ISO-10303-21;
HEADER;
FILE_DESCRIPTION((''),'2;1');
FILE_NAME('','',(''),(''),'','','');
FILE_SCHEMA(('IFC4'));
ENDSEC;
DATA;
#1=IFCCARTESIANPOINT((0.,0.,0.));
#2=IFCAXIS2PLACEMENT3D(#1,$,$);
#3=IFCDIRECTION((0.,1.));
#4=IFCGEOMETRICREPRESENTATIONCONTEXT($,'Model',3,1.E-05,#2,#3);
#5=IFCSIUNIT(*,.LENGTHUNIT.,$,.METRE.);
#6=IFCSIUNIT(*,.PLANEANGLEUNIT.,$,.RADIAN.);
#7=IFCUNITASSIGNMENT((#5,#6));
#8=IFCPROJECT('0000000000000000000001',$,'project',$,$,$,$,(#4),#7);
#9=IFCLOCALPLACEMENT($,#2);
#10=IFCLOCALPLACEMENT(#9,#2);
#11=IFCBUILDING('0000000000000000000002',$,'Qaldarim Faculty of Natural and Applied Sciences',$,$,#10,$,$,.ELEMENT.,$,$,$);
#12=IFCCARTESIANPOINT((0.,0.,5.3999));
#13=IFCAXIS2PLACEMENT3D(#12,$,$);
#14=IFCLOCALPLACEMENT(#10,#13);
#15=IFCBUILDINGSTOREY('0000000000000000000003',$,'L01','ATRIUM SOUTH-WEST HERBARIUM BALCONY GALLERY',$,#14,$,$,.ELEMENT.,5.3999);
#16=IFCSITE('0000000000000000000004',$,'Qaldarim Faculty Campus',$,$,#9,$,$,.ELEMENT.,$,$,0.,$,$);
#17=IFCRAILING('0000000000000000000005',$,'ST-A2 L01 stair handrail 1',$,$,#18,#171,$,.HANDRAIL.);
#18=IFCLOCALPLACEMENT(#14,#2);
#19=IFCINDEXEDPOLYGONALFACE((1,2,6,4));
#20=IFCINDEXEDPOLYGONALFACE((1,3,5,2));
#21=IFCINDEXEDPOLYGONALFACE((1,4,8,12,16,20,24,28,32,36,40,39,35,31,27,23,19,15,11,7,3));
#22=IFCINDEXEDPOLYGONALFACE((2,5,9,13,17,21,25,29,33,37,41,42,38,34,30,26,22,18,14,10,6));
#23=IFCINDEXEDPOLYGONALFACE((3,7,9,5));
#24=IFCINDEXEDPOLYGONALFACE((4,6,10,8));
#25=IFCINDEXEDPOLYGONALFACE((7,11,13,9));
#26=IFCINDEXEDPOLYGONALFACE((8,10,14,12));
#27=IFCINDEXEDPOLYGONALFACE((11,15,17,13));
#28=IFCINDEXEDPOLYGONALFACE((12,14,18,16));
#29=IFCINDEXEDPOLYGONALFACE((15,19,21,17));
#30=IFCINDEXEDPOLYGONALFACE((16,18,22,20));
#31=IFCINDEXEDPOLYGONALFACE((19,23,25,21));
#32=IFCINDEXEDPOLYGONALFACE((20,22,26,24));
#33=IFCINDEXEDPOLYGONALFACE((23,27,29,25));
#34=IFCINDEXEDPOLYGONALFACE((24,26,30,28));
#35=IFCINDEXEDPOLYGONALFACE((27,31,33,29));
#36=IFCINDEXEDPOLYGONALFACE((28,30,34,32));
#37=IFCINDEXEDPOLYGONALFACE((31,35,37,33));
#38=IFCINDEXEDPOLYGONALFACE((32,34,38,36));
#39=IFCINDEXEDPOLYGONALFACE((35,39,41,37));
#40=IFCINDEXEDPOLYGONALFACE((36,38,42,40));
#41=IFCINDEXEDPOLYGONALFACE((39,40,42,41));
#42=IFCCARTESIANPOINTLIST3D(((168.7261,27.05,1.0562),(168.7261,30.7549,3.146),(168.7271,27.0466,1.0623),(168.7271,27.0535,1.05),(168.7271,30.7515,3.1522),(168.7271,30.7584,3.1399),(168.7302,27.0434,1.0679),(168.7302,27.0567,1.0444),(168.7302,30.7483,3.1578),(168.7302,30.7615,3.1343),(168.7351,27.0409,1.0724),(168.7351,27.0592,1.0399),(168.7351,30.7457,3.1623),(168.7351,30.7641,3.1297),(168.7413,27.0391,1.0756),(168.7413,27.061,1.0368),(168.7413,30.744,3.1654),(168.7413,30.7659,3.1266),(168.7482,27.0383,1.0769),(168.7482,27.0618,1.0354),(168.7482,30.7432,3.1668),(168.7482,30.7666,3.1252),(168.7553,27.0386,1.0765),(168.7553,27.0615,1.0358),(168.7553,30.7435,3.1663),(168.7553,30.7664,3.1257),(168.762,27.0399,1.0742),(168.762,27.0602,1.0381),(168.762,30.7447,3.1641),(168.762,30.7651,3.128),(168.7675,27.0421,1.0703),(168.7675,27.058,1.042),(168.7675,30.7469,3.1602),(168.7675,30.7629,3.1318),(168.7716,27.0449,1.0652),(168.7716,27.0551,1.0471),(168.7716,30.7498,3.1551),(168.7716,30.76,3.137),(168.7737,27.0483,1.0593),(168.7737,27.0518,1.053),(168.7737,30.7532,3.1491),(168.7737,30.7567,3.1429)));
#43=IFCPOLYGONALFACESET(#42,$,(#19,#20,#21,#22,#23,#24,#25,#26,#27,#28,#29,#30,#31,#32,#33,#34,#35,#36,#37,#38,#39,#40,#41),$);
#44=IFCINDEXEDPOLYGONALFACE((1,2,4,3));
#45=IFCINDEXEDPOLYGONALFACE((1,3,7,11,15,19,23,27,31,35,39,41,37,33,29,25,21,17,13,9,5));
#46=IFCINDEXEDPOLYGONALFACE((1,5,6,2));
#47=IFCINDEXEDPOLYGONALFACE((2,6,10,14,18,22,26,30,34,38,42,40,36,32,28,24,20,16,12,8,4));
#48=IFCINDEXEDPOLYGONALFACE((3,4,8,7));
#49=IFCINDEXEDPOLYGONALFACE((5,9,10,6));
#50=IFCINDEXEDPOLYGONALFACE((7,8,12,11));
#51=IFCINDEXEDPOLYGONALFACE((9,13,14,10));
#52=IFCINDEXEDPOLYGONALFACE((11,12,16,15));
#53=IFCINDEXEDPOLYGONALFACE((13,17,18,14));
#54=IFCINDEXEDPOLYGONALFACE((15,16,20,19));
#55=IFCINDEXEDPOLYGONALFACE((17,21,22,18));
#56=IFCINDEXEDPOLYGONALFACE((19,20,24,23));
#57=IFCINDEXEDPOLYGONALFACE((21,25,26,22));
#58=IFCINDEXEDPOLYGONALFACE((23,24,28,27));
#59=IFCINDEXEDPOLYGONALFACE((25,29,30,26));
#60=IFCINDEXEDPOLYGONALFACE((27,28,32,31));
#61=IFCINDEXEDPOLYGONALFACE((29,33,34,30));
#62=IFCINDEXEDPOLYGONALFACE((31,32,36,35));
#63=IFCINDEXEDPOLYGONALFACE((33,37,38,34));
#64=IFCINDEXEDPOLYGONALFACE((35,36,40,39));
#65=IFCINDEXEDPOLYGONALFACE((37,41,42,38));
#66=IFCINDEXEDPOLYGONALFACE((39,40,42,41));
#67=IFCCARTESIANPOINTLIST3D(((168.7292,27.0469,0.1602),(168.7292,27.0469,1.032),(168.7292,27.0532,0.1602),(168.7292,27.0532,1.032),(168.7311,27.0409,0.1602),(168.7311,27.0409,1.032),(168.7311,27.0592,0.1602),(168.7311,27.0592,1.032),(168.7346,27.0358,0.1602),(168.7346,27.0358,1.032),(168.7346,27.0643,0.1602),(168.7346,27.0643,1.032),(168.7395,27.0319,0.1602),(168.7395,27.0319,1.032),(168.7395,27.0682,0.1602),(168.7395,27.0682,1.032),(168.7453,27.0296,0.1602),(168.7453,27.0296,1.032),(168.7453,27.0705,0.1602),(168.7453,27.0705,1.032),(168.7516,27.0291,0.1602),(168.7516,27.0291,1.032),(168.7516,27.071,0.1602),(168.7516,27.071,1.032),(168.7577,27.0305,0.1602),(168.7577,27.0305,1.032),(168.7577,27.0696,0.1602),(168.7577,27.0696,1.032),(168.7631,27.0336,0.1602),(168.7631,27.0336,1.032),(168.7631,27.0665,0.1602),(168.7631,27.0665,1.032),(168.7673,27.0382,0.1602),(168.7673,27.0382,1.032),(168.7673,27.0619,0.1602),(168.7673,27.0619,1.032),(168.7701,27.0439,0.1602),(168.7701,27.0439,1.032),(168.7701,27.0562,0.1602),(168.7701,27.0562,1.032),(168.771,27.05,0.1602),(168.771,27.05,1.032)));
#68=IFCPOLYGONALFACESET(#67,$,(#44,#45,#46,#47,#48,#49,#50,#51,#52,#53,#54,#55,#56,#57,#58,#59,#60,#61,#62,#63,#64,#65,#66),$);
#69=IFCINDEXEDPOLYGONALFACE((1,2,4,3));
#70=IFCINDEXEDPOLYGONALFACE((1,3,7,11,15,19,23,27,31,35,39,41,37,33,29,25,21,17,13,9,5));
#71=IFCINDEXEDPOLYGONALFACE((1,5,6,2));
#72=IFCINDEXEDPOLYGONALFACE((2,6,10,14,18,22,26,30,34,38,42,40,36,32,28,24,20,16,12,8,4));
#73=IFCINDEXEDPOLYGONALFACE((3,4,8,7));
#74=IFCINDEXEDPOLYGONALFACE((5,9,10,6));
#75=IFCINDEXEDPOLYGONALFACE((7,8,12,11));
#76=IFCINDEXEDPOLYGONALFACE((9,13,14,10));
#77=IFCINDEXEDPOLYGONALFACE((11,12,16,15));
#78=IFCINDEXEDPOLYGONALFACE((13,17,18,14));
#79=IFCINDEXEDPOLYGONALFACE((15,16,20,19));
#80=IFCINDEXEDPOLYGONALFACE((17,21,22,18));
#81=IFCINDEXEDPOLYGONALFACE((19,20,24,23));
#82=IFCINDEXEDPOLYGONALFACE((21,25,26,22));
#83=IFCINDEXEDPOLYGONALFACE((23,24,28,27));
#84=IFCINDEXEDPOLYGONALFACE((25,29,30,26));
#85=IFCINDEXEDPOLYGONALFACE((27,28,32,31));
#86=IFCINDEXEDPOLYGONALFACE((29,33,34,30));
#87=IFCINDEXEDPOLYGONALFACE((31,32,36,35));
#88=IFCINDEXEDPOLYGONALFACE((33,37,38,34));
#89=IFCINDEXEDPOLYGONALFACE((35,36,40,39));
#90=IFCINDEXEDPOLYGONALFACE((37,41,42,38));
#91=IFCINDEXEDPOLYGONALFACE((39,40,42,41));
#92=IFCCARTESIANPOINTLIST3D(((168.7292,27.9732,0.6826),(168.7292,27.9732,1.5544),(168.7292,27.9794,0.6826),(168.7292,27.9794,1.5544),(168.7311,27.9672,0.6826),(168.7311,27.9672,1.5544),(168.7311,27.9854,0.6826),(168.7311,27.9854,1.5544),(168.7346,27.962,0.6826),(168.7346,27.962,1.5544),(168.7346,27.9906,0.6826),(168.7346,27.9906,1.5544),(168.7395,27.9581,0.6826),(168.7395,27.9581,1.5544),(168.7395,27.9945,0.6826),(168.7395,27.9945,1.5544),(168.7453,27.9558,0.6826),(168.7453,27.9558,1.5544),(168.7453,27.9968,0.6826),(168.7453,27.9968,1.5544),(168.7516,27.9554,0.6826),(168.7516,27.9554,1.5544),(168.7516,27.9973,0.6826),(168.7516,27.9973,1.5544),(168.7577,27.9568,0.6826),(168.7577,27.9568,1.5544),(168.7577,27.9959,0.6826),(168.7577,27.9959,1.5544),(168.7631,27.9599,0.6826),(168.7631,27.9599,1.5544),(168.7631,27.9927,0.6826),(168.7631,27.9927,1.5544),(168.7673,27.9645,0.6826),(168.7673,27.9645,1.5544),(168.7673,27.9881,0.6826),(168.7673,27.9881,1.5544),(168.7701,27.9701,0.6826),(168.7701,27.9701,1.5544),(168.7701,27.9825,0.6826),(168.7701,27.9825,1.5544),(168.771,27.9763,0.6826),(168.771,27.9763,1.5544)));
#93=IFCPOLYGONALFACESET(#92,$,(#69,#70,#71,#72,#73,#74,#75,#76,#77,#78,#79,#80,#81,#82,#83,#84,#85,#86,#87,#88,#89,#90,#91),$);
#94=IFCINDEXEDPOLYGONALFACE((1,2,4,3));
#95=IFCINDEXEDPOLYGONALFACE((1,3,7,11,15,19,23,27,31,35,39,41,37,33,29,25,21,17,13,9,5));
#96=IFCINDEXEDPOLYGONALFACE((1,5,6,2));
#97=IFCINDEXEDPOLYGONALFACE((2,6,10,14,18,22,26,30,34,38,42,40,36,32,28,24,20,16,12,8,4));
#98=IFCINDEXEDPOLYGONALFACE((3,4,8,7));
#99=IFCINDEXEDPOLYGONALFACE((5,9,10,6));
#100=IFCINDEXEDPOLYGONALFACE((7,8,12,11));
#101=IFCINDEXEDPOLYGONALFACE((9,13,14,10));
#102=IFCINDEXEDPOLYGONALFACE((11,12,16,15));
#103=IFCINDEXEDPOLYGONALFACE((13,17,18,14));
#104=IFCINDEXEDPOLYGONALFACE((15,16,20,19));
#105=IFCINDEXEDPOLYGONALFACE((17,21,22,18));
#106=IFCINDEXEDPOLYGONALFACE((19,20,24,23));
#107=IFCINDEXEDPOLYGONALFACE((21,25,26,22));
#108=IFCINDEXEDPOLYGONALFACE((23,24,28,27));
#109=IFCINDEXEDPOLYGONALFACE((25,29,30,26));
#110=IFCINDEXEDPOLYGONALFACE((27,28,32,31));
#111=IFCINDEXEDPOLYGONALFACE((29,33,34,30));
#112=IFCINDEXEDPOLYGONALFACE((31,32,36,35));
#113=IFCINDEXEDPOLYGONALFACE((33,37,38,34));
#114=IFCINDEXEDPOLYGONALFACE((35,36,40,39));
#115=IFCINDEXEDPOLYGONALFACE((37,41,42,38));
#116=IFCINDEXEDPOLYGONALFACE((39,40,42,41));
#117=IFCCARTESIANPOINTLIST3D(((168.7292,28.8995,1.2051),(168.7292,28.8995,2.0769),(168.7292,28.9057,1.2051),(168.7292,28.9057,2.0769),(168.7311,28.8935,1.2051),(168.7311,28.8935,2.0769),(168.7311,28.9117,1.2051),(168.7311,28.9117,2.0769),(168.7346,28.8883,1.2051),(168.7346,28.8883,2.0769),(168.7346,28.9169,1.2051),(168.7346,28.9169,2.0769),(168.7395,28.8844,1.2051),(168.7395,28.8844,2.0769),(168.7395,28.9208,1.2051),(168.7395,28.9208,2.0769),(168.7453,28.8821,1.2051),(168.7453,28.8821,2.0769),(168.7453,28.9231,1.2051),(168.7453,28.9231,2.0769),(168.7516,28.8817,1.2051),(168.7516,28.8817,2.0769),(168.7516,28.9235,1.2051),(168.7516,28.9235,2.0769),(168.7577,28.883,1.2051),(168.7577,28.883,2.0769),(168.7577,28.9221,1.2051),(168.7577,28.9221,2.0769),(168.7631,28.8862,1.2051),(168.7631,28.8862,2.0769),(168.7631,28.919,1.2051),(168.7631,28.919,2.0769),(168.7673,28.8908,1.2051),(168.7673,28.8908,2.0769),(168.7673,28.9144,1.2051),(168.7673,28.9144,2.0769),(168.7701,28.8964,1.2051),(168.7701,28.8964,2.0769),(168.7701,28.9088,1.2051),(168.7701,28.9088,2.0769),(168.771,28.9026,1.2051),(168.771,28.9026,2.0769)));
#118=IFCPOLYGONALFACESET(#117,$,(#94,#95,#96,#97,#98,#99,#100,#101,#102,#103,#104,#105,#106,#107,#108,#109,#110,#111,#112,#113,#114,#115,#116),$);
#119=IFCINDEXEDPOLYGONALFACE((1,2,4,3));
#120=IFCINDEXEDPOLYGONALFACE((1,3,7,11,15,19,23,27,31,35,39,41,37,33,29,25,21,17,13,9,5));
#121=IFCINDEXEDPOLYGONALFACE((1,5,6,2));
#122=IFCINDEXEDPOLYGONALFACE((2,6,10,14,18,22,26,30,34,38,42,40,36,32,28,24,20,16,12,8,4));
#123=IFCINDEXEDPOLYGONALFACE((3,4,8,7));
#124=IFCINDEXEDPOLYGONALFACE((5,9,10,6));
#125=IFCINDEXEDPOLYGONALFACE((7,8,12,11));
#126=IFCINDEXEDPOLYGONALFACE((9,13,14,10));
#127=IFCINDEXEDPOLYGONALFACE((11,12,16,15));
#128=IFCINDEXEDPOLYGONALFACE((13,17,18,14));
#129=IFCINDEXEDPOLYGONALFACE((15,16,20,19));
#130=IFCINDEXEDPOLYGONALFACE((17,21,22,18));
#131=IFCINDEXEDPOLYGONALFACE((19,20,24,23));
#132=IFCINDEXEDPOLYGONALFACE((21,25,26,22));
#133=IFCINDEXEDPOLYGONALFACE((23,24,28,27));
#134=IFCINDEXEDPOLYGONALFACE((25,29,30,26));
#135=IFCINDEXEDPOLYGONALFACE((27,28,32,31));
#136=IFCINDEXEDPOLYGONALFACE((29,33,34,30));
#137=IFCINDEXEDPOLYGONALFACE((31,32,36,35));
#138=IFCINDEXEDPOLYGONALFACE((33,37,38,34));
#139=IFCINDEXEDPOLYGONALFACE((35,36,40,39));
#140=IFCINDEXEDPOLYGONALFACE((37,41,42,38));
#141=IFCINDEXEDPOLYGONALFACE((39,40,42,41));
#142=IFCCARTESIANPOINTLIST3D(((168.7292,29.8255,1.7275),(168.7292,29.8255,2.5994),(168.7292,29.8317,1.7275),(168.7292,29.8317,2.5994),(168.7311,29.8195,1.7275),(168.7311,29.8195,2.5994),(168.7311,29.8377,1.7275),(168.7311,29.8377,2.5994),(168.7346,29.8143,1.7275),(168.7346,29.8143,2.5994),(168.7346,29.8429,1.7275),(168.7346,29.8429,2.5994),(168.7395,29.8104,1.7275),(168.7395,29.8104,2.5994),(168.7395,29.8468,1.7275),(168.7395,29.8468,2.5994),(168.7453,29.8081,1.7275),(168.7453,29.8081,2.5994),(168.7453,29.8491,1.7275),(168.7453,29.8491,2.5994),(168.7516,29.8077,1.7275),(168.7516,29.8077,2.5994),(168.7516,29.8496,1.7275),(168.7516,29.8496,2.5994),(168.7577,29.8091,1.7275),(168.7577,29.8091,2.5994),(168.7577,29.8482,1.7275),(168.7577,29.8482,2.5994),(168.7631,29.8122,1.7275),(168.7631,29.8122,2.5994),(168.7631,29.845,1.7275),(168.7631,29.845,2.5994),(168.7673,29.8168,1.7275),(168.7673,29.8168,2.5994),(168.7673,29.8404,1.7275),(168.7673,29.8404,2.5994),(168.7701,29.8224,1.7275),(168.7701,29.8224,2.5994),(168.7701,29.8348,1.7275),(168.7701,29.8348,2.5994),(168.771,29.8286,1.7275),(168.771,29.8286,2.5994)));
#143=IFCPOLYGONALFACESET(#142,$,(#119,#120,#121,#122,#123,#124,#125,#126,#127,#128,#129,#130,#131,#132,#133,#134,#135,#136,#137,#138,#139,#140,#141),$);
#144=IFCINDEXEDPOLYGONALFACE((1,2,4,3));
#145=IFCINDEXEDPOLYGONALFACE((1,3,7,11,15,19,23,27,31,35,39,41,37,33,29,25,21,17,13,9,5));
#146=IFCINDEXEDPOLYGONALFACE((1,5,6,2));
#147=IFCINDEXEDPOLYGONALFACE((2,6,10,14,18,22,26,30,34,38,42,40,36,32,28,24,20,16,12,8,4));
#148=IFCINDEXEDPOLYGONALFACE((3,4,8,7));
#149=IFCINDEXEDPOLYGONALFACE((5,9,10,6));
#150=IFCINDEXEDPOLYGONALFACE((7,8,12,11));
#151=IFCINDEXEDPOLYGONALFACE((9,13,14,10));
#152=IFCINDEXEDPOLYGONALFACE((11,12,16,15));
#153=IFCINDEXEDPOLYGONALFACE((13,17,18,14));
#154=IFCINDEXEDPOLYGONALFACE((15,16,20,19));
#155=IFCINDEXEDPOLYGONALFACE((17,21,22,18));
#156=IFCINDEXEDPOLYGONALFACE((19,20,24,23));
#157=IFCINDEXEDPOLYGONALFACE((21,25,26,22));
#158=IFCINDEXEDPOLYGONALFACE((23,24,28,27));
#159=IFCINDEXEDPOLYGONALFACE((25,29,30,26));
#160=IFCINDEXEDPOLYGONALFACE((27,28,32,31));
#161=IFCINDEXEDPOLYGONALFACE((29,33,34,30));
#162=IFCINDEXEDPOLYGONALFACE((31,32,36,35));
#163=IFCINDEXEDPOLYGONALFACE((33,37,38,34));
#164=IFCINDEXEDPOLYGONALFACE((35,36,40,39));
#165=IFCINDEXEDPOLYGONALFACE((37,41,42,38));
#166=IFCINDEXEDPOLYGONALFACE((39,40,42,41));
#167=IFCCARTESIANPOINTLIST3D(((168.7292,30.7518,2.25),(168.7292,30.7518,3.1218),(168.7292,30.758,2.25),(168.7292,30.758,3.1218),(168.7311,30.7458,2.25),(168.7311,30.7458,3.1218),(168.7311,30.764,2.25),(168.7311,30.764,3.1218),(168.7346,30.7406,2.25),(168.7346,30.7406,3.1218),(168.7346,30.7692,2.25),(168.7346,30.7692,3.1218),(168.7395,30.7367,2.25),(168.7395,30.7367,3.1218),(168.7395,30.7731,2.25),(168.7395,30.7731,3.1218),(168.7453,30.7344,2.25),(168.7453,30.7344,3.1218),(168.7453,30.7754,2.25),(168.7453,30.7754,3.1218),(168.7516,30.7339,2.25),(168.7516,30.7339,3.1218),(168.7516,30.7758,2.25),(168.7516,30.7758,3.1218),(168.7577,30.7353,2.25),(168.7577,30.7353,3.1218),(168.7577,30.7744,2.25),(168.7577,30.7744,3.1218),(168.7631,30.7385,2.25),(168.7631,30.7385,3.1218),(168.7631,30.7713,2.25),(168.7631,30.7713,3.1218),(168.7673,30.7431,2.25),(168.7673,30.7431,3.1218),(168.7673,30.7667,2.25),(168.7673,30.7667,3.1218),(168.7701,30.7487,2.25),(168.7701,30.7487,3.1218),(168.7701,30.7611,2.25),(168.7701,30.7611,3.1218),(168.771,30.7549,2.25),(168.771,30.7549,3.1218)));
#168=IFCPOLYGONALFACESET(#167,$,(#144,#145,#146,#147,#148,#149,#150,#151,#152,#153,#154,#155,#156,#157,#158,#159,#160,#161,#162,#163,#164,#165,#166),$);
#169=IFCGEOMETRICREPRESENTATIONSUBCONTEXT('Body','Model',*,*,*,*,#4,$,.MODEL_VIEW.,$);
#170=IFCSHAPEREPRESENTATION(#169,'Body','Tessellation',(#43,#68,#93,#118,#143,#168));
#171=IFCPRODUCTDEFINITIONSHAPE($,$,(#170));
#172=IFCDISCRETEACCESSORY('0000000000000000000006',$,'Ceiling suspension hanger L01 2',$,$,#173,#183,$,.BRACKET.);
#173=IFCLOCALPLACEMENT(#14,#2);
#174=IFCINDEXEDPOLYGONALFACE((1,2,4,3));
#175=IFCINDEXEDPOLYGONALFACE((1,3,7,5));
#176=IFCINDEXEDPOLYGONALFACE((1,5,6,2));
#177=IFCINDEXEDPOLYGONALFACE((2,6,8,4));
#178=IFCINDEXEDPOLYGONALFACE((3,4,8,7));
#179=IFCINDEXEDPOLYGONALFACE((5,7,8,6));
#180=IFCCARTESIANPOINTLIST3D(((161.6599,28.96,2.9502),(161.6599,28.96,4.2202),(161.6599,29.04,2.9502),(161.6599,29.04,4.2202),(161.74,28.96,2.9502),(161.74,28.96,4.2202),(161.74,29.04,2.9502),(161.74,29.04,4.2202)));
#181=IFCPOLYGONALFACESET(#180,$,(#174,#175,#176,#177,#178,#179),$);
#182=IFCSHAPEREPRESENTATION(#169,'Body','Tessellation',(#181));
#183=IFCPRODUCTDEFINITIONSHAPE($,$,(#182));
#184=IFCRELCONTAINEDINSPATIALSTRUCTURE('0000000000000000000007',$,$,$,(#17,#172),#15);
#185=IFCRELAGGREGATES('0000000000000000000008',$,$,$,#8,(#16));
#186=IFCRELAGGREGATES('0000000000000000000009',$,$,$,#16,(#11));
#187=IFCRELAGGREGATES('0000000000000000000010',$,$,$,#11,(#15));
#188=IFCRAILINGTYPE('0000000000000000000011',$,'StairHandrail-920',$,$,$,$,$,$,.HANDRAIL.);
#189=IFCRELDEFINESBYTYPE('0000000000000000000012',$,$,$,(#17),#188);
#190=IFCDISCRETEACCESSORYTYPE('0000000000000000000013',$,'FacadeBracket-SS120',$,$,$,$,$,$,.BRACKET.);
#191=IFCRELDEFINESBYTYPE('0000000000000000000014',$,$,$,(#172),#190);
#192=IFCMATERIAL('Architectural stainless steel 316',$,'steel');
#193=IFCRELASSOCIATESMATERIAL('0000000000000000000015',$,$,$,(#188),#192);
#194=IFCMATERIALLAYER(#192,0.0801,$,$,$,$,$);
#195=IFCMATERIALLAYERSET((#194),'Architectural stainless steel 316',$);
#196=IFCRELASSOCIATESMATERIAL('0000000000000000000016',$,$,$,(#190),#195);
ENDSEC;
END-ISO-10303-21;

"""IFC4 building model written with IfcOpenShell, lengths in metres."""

from ifc_helpers import new_model, si_unit, direction, frame, origin, origin_2d, place, context, subcontext, project, spatial, rectangle, circle, extrude, material, layer, layer_set, type_object, element, save


model = new_model("IFC4")

# Units and contexts
model_context = context("Model", 3, precision=1e-05, world=origin(), true_north=direction((0.0, 1.0)))
body_context = subcontext(model_context, "Body", "Model", "MODEL_VIEW")
ifc_project = project(units=[si_unit("LENGTHUNIT", "METRE"), si_unit("PLANEANGLEUNIT", "RADIAN")], contexts=[model_context])

# Site, building, storey
site_placement = place(None, origin())
site = spatial("IfcSite", under=ifc_project, at=site_placement, Name="Qaldarim Faculty Campus", CompositionType="ELEMENT", RefElevation=0.0)
building_placement = place(site_placement, origin())
building = spatial("IfcBuilding", under=site, at=building_placement, Name="Qaldarim Faculty of Natural and Applied Sciences", CompositionType="ELEMENT")
storey_placement = place(building_placement, frame((0.0, 0.0, 5.3999)))
storey = spatial("IfcBuildingStorey", under=building, at=storey_placement, Name="L01", Description="ATRIUM SOUTH-WEST HERBARIUM BALCONY GALLERY", CompositionType="ELEMENT", Elevation=5.3999)

# Shared definitions
ifc_material_1 = material(Name="Architectural stainless steel 316", Category="steel")

# Railing
railing_type_1 = type_object("IfcRailingType", Name="StairHandrail-920", PredefinedType="HANDRAIL", material=ifc_material_1)
railing_1_placement = place(storey_placement, frame((168.75, 27.05, 0.1602)))
element("IfcRailing", 1, at=railing_1_placement, inside=storey, type_object=railing_type_1, Name="ST-A2 L01 stair handrail 1", PredefinedType="HANDRAIL", context=body_context, shape_type="SweptSolid", body=[
    extrude(circle(Radius=0.0239, at=origin_2d()), frame((0.0, 0.0, 0.896), z_axis=(0.0, 0.870985, 0.49131), x_axis=(-1.0, 0.0, 0.0)), (0.0, 0.0, 1.0), 4.2537),
    extrude(circle(Radius=0.021, at=origin_2d()), origin(), (0.0, 0.0, 1.0), 0.8718),
    extrude(circle(Radius=0.021, at=origin_2d()), frame((0.0, 0.9263, 0.5225)), (0.0, 0.0, 1.0), 0.8718),
    extrude(circle(Radius=0.021, at=origin_2d()), frame((0.0, 1.8525, 1.0449)), (0.0, 0.0, 1.0), 0.8718),
    extrude(circle(Radius=0.021, at=origin_2d()), frame((0.0, 2.7786, 1.5674)), (0.0, 0.0, 1.0), 0.8718),
    extrude(circle(Radius=0.021, at=origin_2d()), frame((0.0, 3.7048, 2.0898)), (0.0, 0.0, 1.0), 0.8718),
])

# Discrete accessory
ifc_layer_1 = layer(ifc_material_1, 0.0801)
ifc_layer_set_1 = layer_set([ifc_layer_1], Name="Architectural stainless steel 316")
discrete_accessory_type = type_object("IfcDiscreteAccessoryType", Name="FacadeBracket-SS120", PredefinedType="BRACKET", material=ifc_layer_set_1)
discrete_accessory_placement = place(storey_placement, frame((161.7, 29.0, 2.9502), z_axis=(0.0, 0.0, 1.0), x_axis=(1.0, 0.0, 0.0)))
element("IfcDiscreteAccessory", 2, at=discrete_accessory_placement, inside=storey, type_object=discrete_accessory_type, Name="Ceiling suspension hanger L01 2", PredefinedType="BRACKET", context=body_context, shape_type="SweptSolid", body=[
    extrude(rectangle(XDim=0.0801, YDim=0.0801, at=origin_2d()), origin(), (0.0, 0.0, 1.0), 1.27),
])

save(model, "model.ifc")
